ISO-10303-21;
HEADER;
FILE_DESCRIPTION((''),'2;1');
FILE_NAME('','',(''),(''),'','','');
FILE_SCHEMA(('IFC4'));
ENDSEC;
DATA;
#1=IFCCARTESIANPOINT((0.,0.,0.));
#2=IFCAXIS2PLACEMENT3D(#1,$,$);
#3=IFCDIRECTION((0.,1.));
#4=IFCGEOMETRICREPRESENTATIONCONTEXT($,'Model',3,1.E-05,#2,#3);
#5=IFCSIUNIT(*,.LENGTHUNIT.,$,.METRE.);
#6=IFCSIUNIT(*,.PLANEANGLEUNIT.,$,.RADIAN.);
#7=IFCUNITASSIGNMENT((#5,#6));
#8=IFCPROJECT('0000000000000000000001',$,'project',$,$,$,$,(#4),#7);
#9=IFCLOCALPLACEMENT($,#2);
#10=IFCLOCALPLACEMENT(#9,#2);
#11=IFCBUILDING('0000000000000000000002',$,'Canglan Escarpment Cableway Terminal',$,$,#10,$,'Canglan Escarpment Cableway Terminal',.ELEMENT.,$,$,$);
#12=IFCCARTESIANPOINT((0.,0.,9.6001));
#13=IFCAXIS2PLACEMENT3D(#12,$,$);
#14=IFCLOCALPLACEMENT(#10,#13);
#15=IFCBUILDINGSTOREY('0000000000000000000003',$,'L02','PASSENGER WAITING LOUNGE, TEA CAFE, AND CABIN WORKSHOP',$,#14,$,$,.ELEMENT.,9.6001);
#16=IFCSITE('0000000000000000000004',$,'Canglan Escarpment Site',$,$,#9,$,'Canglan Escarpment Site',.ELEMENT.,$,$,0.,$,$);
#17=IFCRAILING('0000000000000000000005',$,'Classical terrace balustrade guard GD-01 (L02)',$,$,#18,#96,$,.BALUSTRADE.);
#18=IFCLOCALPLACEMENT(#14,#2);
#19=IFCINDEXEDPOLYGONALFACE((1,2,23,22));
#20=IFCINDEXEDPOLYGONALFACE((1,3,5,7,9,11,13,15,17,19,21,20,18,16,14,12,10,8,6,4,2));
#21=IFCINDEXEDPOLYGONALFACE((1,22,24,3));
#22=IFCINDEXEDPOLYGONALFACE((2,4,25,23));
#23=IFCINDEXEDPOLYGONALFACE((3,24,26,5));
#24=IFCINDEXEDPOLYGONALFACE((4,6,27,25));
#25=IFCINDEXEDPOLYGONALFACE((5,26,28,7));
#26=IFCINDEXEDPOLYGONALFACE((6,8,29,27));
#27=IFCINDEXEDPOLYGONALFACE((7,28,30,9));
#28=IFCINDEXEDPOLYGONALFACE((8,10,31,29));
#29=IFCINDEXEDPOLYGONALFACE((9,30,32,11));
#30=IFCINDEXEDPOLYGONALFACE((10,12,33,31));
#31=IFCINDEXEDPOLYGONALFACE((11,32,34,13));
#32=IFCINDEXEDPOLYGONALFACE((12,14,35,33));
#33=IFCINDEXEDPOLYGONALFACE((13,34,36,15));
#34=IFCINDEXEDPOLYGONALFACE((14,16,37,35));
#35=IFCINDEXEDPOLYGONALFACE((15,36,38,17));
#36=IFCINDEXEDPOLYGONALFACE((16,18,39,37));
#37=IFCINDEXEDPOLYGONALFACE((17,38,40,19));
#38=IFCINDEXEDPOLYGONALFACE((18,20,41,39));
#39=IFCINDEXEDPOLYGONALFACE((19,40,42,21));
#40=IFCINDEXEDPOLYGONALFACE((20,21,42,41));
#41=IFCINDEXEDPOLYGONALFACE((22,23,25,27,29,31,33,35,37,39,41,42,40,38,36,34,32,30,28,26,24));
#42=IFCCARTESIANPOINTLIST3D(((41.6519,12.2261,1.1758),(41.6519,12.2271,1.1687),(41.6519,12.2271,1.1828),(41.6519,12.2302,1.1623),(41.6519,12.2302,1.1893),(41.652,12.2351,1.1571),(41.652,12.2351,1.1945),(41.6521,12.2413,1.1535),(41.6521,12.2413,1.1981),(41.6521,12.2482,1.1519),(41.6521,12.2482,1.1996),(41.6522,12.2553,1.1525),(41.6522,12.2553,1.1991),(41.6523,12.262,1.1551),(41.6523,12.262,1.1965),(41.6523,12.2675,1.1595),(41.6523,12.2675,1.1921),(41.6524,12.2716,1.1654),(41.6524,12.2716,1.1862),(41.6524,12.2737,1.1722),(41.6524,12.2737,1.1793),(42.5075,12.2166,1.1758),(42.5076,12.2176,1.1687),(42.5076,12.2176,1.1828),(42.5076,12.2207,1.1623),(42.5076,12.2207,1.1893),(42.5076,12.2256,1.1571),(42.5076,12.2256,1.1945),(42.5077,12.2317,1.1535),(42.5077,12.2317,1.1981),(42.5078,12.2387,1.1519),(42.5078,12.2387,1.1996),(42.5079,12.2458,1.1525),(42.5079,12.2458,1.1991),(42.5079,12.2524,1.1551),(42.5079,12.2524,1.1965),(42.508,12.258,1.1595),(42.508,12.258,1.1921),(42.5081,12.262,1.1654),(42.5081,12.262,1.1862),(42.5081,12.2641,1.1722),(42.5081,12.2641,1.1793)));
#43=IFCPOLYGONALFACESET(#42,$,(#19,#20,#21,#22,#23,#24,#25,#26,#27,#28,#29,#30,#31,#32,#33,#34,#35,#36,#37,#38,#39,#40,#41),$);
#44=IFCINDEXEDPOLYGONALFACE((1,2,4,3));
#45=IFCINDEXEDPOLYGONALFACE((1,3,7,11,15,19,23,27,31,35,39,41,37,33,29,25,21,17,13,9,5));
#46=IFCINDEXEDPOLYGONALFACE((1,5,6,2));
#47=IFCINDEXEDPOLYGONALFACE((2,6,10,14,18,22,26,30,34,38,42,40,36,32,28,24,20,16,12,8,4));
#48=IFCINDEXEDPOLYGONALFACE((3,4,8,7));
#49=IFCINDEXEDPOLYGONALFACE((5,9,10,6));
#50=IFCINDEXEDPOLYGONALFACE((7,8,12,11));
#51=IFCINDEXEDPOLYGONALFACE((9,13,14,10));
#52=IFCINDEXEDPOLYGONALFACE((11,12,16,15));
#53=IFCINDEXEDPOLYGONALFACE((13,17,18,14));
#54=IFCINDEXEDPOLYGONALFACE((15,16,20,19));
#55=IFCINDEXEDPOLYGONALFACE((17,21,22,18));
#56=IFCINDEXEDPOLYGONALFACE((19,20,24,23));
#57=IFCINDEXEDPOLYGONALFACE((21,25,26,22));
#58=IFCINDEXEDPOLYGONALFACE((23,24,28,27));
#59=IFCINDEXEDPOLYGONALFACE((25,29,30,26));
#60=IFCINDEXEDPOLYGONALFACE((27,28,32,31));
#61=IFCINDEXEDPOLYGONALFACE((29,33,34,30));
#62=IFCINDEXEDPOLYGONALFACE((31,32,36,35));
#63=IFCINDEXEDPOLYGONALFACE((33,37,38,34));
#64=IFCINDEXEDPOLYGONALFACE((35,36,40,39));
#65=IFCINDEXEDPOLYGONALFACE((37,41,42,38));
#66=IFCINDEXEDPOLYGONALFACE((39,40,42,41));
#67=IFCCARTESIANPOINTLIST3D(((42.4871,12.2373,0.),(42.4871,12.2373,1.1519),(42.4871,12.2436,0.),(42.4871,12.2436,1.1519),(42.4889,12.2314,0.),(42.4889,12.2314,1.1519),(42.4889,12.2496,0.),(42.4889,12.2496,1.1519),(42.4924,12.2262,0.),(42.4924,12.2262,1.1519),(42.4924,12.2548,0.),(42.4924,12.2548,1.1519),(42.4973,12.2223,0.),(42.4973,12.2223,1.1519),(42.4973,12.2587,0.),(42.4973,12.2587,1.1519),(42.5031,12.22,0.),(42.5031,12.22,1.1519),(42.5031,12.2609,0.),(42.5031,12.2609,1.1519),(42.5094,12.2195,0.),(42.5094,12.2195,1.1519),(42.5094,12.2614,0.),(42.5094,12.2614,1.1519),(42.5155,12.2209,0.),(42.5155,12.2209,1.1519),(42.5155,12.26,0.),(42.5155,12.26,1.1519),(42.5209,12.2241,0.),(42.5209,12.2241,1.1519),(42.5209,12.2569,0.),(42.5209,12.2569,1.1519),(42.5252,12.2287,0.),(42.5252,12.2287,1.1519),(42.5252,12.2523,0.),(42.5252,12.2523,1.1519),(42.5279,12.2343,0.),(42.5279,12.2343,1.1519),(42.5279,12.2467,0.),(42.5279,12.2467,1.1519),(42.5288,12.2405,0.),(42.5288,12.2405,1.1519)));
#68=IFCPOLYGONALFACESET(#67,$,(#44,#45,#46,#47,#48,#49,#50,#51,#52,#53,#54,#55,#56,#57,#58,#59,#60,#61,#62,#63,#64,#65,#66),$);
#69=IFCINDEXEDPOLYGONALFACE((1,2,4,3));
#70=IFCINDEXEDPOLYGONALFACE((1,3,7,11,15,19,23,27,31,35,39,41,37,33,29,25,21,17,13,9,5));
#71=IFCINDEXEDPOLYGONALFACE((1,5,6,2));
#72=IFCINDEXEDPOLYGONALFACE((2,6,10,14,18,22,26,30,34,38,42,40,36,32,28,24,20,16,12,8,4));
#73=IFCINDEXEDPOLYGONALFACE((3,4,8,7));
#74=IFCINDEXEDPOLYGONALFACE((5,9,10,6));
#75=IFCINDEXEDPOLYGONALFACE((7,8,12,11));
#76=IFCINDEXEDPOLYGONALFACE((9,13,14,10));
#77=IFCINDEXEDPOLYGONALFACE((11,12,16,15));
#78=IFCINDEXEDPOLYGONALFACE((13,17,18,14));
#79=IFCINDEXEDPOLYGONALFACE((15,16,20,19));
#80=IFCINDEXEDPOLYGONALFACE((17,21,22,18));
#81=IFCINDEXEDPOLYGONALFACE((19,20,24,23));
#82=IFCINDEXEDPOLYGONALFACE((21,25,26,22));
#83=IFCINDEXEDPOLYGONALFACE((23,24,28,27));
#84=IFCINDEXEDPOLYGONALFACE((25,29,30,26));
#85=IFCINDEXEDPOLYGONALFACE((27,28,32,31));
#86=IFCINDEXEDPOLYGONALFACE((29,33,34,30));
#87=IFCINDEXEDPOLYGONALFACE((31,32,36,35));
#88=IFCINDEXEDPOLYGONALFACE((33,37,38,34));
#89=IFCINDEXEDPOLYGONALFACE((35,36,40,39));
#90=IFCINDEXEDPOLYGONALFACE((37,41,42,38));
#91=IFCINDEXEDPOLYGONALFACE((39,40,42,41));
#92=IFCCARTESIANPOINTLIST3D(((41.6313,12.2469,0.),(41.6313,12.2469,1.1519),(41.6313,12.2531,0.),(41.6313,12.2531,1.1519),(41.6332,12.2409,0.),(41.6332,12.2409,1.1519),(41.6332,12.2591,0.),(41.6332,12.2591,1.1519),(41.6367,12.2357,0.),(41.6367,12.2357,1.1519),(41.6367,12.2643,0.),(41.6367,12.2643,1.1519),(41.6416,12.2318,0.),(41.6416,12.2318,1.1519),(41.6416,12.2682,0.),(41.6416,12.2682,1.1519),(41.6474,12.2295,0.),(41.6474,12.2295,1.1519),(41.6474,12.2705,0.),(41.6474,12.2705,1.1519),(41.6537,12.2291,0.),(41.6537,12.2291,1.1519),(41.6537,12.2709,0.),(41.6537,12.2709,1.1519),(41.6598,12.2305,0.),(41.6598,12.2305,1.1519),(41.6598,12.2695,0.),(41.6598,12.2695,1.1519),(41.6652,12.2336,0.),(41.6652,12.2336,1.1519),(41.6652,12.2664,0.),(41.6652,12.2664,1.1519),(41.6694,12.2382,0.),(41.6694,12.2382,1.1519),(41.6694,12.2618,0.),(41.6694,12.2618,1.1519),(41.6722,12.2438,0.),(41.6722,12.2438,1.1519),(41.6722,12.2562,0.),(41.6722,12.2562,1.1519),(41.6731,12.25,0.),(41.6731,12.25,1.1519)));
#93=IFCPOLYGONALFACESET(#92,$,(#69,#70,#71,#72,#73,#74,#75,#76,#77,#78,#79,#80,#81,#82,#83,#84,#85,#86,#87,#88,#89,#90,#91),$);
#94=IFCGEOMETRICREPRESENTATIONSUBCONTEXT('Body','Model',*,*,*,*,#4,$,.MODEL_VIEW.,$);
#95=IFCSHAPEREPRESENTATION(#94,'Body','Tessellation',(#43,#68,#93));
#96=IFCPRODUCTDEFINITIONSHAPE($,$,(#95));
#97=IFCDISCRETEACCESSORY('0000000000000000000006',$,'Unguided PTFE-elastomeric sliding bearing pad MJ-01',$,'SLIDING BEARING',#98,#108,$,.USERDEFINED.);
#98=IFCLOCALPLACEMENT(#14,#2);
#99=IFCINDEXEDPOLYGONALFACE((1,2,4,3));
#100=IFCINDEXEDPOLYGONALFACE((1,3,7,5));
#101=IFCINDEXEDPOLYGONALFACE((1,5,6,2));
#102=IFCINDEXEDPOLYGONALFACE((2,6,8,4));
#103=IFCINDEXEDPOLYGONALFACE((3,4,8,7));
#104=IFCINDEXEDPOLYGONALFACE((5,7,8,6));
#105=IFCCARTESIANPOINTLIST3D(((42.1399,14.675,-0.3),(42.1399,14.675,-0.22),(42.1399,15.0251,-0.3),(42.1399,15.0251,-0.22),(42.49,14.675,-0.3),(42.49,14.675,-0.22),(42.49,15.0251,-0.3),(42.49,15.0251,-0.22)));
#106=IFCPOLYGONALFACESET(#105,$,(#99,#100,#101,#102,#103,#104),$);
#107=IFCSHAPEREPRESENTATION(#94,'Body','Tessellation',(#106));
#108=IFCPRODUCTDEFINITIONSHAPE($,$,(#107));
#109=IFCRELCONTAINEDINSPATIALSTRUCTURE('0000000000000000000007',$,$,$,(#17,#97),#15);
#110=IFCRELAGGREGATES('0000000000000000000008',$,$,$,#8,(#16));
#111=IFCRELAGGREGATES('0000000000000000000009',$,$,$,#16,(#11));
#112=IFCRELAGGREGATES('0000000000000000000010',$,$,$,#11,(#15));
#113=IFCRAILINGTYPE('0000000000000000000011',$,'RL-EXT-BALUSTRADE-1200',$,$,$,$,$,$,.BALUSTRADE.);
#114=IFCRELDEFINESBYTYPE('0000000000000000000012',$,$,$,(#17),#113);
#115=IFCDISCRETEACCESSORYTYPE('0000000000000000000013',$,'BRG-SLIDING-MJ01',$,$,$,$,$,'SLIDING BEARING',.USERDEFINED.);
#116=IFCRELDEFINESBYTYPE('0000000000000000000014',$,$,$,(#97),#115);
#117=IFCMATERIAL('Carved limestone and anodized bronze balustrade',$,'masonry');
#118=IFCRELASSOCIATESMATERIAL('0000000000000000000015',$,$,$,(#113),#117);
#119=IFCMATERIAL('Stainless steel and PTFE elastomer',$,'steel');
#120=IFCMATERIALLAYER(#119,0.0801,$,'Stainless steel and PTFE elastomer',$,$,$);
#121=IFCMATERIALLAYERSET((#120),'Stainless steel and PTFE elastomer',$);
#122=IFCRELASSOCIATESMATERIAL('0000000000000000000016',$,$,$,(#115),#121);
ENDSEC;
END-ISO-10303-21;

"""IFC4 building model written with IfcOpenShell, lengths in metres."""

from ifc_helpers import new_model, si_unit, direction, frame, origin, origin_2d, place, context, subcontext, project, spatial, rectangle, circle, extrude, material, layer, layer_set, type_object, element, save


model = new_model("IFC4")

# Units and contexts
model_context = context("Model", 3, precision=1e-05, world=origin(), true_north=direction((0.0, 1.0)))
body_context = subcontext(model_context, "Body", "Model", "MODEL_VIEW")
ifc_project = project(units=[si_unit("LENGTHUNIT", "METRE"), si_unit("PLANEANGLEUNIT", "RADIAN")], contexts=[model_context])

# Site, building, storey
site_placement = place(None, origin())
site = spatial("IfcSite", under=ifc_project, at=site_placement, Name="Canglan Escarpment Site", LongName="Canglan Escarpment Site", CompositionType="ELEMENT", RefElevation=0.0)
building_placement = place(site_placement, origin())
building = spatial("IfcBuilding", under=site, at=building_placement, Name="Canglan Escarpment Cableway Terminal", LongName="Canglan Escarpment Cableway Terminal", CompositionType="ELEMENT")
storey_placement = place(building_placement, frame((0.0, 0.0, 9.6001)))
storey = spatial("IfcBuildingStorey", under=building, at=storey_placement, Name="L02", Description="PASSENGER WAITING LOUNGE, TEA CAFE, AND CABIN WORKSHOP", CompositionType="ELEMENT", Elevation=9.6001)

# Railing
ifc_material_1 = material(Name="Carved limestone and anodized bronze balustrade", Category="masonry")
railing_type = type_object("IfcRailingType", Name="RL-EXT-BALUSTRADE-1200", PredefinedType="BALUSTRADE", material=ifc_material_1)
railing_1_placement = place(storey_placement, frame((42.5078, 12.2405, 0.0)))
element("IfcRailing", 1, at=railing_1_placement, inside=storey, type_object=railing_type, Name="Classical terrace balustrade guard GD-01 (L02)", PredefinedType="BALUSTRADE", context=body_context, shape_type="SweptSolid", body=[
    extrude(circle(Radius=0.0239, at=origin_2d()), frame((0.0, 0.0, 1.1758), z_axis=(-0.999938, 0.011126, 0.0), x_axis=(-0.011126, -0.999938, 0.0)), (0.0, 0.0, 1.0), 0.8557),
    extrude(circle(Radius=0.021, at=origin_2d()), origin(), (0.0, 0.0, 1.0), 1.1519),
    extrude(circle(Radius=0.021, at=origin_2d()), frame((-0.8557, 0.0095, 0.0)), (0.0, 0.0, 1.0), 1.1519),
])

# Discrete accessory
ifc_material_2 = material(Name="Stainless steel and PTFE elastomer", Category="steel")
ifc_layer_1 = layer(ifc_material_2, 0.0801, Name="Stainless steel and PTFE elastomer")
ifc_layer_set_1 = layer_set([ifc_layer_1], Name="Stainless steel and PTFE elastomer")
discrete_accessory_type = type_object("IfcDiscreteAccessoryType", Name="BRG-SLIDING-MJ01", ElementType="SLIDING BEARING", PredefinedType="USERDEFINED", material=ifc_layer_set_1)
discrete_accessory_placement = place(storey_placement, frame((42.3149, 14.8501, -0.3), z_axis=(0.0, 0.0, 1.0), x_axis=(1.0, 0.0, 0.0)))
element("IfcDiscreteAccessory", 2, at=discrete_accessory_placement, inside=storey, type_object=discrete_accessory_type, Name="Unguided PTFE-elastomeric sliding bearing pad MJ-01", ObjectType="SLIDING BEARING", PredefinedType="USERDEFINED", context=body_context, shape_type="SweptSolid", body=[
    extrude(rectangle(XDim=0.3501, YDim=0.3501, at=origin_2d()), origin(), (0.0, 0.0, 1.0), 0.0801),
])

save(model, "model.ifc")
